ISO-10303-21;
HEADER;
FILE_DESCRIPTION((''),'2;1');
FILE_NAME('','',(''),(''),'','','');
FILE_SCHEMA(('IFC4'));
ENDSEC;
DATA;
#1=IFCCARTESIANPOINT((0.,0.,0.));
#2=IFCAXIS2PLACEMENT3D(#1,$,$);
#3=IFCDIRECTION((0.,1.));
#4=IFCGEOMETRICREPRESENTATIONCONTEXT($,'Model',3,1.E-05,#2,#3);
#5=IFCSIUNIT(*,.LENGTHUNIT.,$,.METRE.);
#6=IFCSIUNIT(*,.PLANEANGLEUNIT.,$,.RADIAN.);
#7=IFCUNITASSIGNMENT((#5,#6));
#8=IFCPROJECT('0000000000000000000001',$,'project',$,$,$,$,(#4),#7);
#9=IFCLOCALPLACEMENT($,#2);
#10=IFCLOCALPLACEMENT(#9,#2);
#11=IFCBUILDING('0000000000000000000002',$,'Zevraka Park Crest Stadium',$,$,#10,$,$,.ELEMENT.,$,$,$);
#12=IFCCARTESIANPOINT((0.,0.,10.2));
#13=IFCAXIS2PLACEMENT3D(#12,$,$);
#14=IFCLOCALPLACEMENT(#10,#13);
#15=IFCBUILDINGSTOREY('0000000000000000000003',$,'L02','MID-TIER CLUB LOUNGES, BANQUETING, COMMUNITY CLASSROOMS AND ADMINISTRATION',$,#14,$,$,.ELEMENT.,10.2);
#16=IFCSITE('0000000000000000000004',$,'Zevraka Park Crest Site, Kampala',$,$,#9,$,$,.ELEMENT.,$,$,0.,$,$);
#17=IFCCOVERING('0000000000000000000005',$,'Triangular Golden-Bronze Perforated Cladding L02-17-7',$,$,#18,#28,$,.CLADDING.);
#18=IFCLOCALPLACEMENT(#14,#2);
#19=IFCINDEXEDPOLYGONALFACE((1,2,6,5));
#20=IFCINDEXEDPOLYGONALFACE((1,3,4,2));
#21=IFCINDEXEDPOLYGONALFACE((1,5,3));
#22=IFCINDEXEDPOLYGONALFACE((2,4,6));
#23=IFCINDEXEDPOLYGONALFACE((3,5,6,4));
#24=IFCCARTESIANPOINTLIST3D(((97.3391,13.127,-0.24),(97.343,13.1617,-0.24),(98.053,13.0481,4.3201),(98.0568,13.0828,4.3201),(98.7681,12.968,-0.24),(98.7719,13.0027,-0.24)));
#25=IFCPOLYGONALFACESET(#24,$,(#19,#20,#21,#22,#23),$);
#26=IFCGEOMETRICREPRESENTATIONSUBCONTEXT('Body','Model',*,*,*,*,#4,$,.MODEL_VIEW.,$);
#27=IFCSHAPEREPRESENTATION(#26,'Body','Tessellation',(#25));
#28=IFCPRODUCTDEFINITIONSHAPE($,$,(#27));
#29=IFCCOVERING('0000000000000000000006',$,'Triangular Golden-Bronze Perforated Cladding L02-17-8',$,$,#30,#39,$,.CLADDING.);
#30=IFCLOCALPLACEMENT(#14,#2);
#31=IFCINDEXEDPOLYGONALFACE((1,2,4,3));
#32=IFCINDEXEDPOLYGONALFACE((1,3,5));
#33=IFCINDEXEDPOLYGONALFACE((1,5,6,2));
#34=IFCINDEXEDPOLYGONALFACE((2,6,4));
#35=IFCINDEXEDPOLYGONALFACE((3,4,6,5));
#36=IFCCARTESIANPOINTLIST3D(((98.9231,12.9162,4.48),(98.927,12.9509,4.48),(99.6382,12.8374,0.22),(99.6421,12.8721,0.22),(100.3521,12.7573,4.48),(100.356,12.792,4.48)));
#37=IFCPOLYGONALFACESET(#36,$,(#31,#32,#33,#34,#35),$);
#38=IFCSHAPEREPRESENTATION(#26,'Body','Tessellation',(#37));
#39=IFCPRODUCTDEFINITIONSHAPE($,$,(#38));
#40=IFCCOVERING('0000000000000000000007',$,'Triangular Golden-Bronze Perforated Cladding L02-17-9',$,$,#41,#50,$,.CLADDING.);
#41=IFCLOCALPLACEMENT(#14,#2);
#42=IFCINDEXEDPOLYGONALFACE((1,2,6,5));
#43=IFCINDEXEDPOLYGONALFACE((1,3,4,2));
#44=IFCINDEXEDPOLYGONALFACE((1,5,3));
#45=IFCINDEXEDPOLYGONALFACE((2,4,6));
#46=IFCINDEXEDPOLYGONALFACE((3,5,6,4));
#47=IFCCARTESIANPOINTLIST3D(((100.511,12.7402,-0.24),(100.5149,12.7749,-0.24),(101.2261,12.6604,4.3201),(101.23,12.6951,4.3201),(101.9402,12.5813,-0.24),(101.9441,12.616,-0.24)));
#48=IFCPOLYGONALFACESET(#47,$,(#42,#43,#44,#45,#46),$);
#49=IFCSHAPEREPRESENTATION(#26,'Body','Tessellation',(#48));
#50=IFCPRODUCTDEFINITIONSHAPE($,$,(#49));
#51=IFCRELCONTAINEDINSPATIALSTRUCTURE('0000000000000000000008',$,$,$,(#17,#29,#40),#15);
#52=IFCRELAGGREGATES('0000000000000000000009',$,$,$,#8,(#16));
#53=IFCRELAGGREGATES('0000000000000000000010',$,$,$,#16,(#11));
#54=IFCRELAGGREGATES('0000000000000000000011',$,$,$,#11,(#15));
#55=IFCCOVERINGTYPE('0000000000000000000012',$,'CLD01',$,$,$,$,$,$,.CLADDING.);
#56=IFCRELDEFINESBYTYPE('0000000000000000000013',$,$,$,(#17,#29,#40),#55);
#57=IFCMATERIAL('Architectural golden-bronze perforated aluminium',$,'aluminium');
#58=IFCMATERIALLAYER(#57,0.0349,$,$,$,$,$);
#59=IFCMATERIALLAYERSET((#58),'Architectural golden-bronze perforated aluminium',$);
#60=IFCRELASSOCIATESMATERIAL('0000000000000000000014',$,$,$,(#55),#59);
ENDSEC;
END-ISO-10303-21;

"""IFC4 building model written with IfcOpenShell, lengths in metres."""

from ifc_helpers import new_model, si_unit, direction, frame, origin, place, context, subcontext, project, spatial, polyline, outline, extrude, material, layer, layer_set, type_object, element, save


model = new_model("IFC4")

# Units and contexts
model_context = context("Model", 3, precision=1e-05, world=origin(), true_north=direction((0.0, 1.0)))
body_context = subcontext(model_context, "Body", "Model", "MODEL_VIEW")
ifc_project = project(units=[si_unit("LENGTHUNIT", "METRE"), si_unit("PLANEANGLEUNIT", "RADIAN")], contexts=[model_context])

# Site, building, storey
site_placement = place(None, origin())
site = spatial("IfcSite", under=ifc_project, at=site_placement, Name="Zevraka Park Crest Site, Kampala", CompositionType="ELEMENT", RefElevation=0.0)
building_placement = place(site_placement, origin())
building = spatial("IfcBuilding", under=site, at=building_placement, Name="Zevraka Park Crest Stadium", CompositionType="ELEMENT")
storey_placement = place(building_placement, frame((0.0, 0.0, 10.2)))
storey = spatial("IfcBuildingStorey", under=building, at=storey_placement, Name="L02", Description="MID-TIER CLUB LOUNGES, BANQUETING, COMMUNITY CLASSROOMS AND ADMINISTRATION", CompositionType="ELEMENT", Elevation=10.2)

# Coverings
ifc_material_1 = material(Name="Architectural golden-bronze perforated aluminium", Category="aluminium")
ifc_layer_1 = layer(ifc_material_1, 0.0349)
ifc_layer_set_1 = layer_set([ifc_layer_1], Name="Architectural golden-bronze perforated aluminium")
covering_type = type_object("IfcCoveringType", Name="CLD01", PredefinedType="CLADDING", material=ifc_layer_set_1)
covering_1_placement = place(storey_placement, frame((97.3391, 13.127, -0.24), z_axis=(-0.110543, -0.993871, 0.000118), x_axis=(0.993871, -0.110543, 0.0)))
element("IfcCovering", 1, at=covering_1_placement, inside=storey, type_object=covering_type, Name="Triangular Golden-Bronze Perforated Cladding L02-17-7", PredefinedType="CLADDING", context=body_context, shape_type="SweptSolid", body=[
    extrude(outline(polyline([(0.0, 0.0), (1.4378, 0.0), (0.7182, 4.5601), (0.0, 0.0)])), origin(), (0.0, 0.0, -1.0), 0.0349),
])
covering_2_placement = place(storey_placement, frame((100.356, 12.792, 4.48), z_axis=(0.110543, 0.993871, 0.000158), x_axis=(-0.993871, 0.110543, 0.0)))
element("IfcCovering", 2, at=covering_2_placement, inside=storey, type_object=covering_type, Name="Triangular Golden-Bronze Perforated Cladding L02-17-8", PredefinedType="CLADDING", context=body_context, shape_type="SweptSolid", body=[
    extrude(outline(polyline([(0.0, 0.0), (1.4378, 0.0), (0.7183, -4.26), (0.0, 0.0)])), origin(), (0.0, 0.0, -1.0), 0.0349),
])
covering_3_placement = place(storey_placement, frame((100.5149, 12.7749, -0.24), z_axis=(0.110525, 0.993873, 0.000068), x_axis=(0.993873, -0.110525, 0.0)))
element("IfcCovering", 3, at=covering_3_placement, inside=storey, type_object=covering_type, Name="Triangular Golden-Bronze Perforated Cladding L02-17-9", PredefinedType="CLADDING", context=body_context, shape_type="SweptSolid", body=[
    extrude(outline(polyline([(0.0, 0.0), (1.438, 0.0), (0.7195, -4.5601), (0.0, 0.0)])), origin(), (0.0, 0.0, -1.0), 0.0349),
])

save(model, "model.ifc")
